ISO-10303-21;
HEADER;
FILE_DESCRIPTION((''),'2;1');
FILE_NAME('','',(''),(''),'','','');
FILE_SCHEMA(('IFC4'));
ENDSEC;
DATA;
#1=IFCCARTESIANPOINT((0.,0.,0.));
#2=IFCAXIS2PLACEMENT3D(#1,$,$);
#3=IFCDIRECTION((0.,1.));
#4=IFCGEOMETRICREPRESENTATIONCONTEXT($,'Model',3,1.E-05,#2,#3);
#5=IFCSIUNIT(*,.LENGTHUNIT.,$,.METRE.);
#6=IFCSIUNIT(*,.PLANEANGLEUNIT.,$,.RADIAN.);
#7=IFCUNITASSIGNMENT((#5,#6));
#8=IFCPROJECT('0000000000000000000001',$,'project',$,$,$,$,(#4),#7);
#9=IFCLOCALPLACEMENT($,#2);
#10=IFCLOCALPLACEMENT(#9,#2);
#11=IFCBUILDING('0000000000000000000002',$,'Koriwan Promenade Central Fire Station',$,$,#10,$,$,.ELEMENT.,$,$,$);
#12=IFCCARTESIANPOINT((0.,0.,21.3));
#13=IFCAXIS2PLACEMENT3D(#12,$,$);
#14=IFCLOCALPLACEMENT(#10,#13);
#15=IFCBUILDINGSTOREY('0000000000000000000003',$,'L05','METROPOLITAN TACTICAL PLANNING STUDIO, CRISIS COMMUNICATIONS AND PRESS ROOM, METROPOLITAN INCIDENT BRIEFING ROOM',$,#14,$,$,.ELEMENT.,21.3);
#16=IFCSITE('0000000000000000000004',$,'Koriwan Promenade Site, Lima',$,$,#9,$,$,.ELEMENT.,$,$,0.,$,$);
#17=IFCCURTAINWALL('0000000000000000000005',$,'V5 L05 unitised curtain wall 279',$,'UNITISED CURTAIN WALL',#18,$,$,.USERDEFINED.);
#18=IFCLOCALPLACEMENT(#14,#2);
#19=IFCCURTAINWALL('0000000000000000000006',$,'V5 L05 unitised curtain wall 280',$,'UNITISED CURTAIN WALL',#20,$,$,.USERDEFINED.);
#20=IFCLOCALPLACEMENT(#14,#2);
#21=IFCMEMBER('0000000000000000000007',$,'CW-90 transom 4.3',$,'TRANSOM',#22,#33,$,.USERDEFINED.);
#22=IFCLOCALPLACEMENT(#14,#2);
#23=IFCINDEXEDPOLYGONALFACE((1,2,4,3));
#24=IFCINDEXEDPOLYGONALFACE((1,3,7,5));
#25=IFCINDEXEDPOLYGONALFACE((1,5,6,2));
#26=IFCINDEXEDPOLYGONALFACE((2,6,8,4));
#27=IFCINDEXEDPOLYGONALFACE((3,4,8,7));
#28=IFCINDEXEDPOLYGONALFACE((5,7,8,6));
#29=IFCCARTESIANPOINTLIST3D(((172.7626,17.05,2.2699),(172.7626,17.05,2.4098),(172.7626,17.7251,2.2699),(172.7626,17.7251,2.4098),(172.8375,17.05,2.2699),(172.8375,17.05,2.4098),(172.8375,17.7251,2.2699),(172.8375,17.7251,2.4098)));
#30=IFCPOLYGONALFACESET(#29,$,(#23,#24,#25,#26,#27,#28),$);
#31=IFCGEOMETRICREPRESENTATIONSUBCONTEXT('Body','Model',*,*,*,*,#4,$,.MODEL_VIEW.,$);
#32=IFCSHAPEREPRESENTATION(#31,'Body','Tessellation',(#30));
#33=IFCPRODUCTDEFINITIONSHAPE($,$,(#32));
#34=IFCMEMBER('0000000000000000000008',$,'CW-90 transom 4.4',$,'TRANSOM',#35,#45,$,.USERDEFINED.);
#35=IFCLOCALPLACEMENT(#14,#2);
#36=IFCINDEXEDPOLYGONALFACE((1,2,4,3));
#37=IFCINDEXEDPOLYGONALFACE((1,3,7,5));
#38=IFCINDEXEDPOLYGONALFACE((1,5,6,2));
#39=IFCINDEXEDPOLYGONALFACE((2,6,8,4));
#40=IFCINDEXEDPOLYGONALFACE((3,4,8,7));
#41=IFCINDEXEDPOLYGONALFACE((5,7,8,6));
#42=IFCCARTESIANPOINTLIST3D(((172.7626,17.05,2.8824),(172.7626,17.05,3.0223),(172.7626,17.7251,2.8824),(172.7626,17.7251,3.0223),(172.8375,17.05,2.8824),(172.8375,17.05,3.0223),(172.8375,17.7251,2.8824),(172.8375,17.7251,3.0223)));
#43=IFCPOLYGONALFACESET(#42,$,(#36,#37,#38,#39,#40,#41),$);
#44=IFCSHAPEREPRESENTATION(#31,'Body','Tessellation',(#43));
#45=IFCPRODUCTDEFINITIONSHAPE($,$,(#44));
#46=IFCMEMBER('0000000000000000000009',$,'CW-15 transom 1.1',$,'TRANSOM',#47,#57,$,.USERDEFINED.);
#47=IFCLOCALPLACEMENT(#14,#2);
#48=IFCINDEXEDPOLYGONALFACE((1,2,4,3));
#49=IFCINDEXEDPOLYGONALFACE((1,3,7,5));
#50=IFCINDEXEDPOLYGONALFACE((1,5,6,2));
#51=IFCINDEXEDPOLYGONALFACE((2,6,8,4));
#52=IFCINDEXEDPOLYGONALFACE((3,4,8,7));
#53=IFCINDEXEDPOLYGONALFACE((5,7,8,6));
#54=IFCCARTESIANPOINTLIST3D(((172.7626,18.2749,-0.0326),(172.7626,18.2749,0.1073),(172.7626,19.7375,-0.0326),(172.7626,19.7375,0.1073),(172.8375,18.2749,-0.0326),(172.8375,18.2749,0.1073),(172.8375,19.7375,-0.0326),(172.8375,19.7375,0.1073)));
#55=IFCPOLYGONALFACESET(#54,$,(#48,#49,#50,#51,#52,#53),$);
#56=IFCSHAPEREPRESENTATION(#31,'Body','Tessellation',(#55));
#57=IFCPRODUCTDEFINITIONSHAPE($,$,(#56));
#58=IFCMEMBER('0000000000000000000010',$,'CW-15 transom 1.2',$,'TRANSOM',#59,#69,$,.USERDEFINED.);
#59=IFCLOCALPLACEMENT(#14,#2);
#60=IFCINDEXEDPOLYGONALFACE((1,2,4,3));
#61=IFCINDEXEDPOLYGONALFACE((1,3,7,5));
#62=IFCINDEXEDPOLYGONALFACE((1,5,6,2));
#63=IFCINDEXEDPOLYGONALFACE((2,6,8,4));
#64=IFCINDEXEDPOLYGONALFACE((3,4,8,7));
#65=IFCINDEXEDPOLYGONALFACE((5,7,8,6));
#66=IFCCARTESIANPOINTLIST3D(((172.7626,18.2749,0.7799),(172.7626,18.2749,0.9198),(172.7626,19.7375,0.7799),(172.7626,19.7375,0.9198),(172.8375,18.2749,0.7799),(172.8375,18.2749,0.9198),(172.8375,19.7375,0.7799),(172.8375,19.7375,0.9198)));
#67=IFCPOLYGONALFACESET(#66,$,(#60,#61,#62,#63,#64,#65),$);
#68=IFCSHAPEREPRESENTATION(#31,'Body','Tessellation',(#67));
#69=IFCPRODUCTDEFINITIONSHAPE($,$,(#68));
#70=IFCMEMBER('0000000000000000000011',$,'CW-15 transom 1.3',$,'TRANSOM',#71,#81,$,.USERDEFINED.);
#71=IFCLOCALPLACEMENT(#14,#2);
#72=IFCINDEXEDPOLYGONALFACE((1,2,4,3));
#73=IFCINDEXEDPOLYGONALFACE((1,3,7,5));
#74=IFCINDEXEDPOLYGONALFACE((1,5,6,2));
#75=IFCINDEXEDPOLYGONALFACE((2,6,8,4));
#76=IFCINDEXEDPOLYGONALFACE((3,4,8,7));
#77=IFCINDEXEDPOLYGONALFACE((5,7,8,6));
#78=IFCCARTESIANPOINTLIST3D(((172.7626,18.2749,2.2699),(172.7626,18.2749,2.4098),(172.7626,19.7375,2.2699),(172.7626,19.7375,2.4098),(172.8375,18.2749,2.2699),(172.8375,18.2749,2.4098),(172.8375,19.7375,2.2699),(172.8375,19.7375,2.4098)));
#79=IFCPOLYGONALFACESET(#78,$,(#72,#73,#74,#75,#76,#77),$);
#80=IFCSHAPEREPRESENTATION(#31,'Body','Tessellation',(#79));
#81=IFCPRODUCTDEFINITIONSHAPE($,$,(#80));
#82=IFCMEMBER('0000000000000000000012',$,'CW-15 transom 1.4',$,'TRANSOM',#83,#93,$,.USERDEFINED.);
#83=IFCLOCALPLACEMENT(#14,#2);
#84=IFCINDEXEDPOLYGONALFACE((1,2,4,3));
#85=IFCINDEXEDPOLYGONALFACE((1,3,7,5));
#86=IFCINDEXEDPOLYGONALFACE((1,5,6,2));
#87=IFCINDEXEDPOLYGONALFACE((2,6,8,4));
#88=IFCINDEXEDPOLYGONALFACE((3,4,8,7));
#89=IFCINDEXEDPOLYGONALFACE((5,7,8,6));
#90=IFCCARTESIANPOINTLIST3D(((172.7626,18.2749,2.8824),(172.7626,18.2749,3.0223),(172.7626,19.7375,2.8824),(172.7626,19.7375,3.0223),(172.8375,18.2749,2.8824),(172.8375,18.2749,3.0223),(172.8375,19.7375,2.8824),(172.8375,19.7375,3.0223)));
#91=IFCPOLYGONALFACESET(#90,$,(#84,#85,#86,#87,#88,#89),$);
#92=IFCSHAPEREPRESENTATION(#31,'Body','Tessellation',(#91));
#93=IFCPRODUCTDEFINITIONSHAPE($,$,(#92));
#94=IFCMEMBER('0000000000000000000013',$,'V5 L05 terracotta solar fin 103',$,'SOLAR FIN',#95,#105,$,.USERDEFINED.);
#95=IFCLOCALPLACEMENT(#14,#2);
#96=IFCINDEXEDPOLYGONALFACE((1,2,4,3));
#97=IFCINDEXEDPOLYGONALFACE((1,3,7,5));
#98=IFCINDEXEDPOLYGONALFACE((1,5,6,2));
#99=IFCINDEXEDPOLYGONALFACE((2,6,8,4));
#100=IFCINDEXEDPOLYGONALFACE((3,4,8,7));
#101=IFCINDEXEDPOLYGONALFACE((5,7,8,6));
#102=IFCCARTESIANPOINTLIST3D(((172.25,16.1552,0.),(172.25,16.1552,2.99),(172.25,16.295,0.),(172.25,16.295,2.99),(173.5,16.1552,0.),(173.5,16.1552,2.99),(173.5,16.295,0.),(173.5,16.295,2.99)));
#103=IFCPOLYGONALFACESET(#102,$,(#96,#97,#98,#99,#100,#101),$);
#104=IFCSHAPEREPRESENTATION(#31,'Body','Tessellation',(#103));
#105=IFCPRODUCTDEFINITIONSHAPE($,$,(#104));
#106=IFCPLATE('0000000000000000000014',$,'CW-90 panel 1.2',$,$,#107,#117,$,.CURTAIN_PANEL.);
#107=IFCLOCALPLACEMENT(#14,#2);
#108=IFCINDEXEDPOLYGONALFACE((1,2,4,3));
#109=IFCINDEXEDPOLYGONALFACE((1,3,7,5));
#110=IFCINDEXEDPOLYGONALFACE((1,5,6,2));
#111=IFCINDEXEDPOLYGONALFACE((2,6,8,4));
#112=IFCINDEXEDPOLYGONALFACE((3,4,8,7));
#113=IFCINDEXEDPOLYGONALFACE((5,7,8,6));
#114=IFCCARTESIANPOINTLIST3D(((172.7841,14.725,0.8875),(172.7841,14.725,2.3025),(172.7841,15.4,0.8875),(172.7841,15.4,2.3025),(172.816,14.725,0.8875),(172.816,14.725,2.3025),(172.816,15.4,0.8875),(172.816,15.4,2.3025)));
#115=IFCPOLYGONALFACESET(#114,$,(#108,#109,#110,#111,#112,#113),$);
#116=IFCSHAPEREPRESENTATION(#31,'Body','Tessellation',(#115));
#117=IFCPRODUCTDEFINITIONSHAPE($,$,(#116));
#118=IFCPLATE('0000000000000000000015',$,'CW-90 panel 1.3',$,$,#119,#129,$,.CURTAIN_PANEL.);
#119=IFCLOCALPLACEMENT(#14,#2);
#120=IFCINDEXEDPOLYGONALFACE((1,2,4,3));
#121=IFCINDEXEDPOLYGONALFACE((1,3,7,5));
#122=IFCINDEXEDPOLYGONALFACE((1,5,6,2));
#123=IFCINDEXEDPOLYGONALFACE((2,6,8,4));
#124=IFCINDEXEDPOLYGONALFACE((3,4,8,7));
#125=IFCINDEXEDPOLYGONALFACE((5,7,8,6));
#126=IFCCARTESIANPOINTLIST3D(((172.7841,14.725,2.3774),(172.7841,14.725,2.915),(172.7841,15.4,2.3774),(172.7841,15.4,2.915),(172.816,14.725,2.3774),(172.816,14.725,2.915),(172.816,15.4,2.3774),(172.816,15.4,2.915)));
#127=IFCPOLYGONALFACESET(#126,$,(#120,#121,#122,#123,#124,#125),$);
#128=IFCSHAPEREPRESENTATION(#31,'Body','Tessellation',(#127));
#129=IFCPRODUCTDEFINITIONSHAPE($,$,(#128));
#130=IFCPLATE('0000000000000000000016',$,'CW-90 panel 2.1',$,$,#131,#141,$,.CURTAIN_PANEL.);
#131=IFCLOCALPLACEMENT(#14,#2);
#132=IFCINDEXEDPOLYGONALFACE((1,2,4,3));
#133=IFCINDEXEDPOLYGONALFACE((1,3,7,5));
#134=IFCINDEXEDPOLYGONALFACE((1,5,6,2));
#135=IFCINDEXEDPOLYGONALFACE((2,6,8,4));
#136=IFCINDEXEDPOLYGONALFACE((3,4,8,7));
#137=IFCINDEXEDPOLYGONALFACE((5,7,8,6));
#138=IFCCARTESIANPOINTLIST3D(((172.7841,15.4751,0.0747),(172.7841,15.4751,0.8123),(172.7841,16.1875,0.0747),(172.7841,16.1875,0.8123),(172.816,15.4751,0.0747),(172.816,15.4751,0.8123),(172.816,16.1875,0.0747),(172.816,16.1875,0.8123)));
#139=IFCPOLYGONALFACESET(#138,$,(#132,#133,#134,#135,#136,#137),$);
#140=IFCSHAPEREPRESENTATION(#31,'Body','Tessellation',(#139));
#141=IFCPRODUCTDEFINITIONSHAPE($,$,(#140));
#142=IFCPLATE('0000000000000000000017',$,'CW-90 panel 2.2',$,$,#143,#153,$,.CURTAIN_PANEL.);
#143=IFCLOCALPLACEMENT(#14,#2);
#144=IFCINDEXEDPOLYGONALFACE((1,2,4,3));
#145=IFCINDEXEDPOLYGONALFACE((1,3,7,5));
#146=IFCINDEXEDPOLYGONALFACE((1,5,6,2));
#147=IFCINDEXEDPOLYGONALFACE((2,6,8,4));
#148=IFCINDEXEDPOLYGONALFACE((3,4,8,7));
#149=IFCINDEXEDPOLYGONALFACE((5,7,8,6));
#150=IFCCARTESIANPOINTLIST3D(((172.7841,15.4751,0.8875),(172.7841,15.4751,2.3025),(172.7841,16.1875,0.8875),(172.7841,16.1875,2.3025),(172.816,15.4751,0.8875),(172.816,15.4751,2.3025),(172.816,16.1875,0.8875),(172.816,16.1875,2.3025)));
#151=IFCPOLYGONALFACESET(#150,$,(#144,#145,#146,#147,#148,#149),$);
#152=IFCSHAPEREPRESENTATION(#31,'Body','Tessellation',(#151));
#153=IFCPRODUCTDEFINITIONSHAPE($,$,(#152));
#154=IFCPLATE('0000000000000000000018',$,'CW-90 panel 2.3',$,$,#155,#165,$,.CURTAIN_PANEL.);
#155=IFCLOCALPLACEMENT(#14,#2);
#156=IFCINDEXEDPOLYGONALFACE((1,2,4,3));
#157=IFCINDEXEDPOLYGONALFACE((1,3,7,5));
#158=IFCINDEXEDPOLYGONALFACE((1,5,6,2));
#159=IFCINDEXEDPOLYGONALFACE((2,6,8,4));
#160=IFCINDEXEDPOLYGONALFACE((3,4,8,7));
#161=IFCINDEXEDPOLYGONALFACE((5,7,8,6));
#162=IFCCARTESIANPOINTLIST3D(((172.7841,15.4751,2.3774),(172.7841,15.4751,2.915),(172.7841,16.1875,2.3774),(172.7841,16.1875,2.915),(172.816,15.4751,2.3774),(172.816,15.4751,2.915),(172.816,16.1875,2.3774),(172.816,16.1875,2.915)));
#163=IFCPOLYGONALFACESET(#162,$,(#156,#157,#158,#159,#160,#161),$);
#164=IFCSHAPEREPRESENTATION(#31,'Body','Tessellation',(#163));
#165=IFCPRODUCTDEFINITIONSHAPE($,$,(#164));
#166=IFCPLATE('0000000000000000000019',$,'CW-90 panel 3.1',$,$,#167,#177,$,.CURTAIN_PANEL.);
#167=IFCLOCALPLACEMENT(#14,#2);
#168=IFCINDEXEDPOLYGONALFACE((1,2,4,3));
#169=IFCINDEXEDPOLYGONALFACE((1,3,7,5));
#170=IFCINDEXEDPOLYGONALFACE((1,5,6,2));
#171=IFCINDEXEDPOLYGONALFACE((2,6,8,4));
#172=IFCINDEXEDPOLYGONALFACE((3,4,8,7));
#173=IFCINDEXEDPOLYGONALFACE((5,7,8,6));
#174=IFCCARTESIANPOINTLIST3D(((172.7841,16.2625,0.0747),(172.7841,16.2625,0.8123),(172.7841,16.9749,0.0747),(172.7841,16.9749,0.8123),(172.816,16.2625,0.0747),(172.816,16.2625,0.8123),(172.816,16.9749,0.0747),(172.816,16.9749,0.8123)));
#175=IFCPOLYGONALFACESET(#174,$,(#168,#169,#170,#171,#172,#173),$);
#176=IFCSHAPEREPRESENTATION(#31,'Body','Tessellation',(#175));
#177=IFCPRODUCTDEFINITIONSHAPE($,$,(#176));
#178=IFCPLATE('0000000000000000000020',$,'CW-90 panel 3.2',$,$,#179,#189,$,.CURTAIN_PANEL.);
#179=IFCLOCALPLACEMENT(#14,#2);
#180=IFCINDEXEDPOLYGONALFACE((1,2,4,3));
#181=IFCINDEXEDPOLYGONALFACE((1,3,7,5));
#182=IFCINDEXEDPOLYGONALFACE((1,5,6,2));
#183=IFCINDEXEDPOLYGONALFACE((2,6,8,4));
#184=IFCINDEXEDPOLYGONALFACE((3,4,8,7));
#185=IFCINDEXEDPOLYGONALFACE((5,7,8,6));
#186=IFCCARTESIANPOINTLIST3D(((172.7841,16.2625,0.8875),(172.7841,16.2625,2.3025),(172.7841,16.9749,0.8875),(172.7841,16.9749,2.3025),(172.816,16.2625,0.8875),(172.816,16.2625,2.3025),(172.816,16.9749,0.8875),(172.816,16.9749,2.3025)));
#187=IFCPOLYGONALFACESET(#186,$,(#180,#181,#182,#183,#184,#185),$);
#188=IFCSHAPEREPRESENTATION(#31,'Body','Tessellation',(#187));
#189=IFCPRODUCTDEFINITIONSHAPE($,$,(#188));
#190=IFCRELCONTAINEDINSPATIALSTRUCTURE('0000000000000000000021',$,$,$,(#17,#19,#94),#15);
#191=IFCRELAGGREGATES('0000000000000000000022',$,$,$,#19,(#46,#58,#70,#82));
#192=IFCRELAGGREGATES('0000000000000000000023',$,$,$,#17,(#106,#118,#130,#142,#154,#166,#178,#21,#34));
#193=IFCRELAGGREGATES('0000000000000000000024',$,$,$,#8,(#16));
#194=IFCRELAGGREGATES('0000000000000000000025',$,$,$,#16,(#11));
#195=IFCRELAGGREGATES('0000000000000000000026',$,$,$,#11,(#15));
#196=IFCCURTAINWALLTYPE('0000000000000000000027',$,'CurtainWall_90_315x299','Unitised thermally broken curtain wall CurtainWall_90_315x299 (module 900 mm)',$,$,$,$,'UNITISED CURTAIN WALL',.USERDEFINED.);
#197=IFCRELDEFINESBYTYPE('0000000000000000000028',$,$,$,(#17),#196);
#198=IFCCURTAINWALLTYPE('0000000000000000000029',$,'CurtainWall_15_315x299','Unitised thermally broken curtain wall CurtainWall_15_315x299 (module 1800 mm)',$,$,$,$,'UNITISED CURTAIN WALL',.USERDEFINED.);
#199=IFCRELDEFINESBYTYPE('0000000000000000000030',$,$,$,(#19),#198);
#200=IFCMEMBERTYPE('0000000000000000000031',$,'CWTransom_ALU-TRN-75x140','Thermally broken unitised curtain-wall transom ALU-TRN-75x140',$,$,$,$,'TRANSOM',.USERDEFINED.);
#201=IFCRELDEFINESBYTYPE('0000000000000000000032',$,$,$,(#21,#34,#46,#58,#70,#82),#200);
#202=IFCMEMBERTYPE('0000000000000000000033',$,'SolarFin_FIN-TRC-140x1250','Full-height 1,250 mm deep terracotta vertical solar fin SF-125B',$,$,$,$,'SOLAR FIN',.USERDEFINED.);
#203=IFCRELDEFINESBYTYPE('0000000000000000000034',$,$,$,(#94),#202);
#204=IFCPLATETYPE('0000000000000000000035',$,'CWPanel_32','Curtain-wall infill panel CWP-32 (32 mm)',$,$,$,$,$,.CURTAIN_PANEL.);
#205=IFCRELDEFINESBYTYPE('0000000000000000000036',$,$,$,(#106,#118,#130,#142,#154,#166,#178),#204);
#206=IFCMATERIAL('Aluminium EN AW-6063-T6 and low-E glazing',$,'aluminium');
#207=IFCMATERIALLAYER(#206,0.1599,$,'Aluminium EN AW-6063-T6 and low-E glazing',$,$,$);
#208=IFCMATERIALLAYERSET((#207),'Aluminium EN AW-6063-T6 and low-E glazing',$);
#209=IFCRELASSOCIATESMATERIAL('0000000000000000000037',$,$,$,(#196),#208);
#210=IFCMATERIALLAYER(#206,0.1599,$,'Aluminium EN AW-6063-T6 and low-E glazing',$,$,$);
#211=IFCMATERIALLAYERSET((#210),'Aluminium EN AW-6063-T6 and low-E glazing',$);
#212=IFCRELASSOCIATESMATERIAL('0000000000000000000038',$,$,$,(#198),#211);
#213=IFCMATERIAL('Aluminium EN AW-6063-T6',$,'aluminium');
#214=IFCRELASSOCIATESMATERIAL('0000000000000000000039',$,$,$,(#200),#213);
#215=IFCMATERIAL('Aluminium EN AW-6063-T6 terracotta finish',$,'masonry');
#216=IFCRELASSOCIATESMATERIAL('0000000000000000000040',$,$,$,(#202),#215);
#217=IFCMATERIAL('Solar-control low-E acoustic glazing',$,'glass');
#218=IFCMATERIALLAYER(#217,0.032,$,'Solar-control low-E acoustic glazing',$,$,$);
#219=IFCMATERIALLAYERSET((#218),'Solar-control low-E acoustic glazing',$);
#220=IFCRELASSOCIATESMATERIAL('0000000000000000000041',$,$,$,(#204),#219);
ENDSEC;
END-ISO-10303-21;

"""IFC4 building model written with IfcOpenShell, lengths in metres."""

from ifc_helpers import new_model, si_unit, direction, frame, origin, origin_2d, place, context, subcontext, project, spatial, rectangle, extrude, material, layer, layer_set, material_profile, profile_set, type_object, element, aggregate, save


model = new_model("IFC4")

# Units and contexts
model_context = context("Model", 3, precision=1e-05, world=origin(), true_north=direction((0.0, 1.0)))
body_context = subcontext(model_context, "Body", "Model", "MODEL_VIEW")
ifc_project = project(units=[si_unit("LENGTHUNIT", "METRE"), si_unit("PLANEANGLEUNIT", "RADIAN")], contexts=[model_context])

# Site, building, storey
site_placement = place(None, origin())
site = spatial("IfcSite", under=ifc_project, at=site_placement, Name="Koriwan Promenade Site, Lima", CompositionType="ELEMENT", RefElevation=0.0)
building_placement = place(site_placement, origin())
building = spatial("IfcBuilding", under=site, at=building_placement, Name="Koriwan Promenade Central Fire Station", CompositionType="ELEMENT")
storey_placement = place(building_placement, frame((0.0, 0.0, 21.3)))
storey = spatial("IfcBuildingStorey", under=building, at=storey_placement, Name="L05", Description="METROPOLITAN TACTICAL PLANNING STUDIO, CRISIS COMMUNICATIONS AND PRESS ROOM, METROPOLITAN INCIDENT BRIEFING ROOM", CompositionType="ELEMENT", Elevation=21.3)

# Curtain wall
ifc_material_1 = material(Name="Aluminium EN AW-6063-T6 and low-E glazing", Category="aluminium")
ifc_layer_1 = layer(ifc_material_1, 0.1599, Name="Aluminium EN AW-6063-T6 and low-E glazing")
ifc_layer_set_1 = layer_set([ifc_layer_1], Name="Aluminium EN AW-6063-T6 and low-E glazing")
curtain_wall_type_1 = type_object("IfcCurtainWallType", Name="CurtainWall_90_315x299", Description="Unitised thermally broken curtain wall CurtainWall_90_315x299 (module 900 mm)", ElementType="UNITISED CURTAIN WALL", PredefinedType="USERDEFINED", material=ifc_layer_set_1)
curtain_wall_1_placement = place(storey_placement, origin())
curtain_wall_1 = element("IfcCurtainWall", 1, at=curtain_wall_1_placement, inside=storey, type_object=curtain_wall_type_1, Name="V5 L05 unitised curtain wall 279", ObjectType="UNITISED CURTAIN WALL", PredefinedType="USERDEFINED")
ifc_material_2 = material(Name="Aluminium EN AW-6063-T6", Category="aluminium")

# Curtain wall
ifc_layer_2 = layer(ifc_material_1, 0.1599, Name="Aluminium EN AW-6063-T6 and low-E glazing")
ifc_layer_set_2 = layer_set([ifc_layer_2], Name="Aluminium EN AW-6063-T6 and low-E glazing")
curtain_wall_type_2 = type_object("IfcCurtainWallType", Name="CurtainWall_15_315x299", Description="Unitised thermally broken curtain wall CurtainWall_15_315x299 (module 1800 mm)", ElementType="UNITISED CURTAIN WALL", PredefinedType="USERDEFINED", material=ifc_layer_set_2)
curtain_wall_2_placement = place(storey_placement, origin())
curtain_wall_2 = element("IfcCurtainWall", 2, at=curtain_wall_2_placement, inside=storey, type_object=curtain_wall_type_2, Name="V5 L05 unitised curtain wall 280", ObjectType="UNITISED CURTAIN WALL", PredefinedType="USERDEFINED")

# Members
ifc_material_profile_1 = material_profile(ifc_material_2, rectangle(XDim=0.075, YDim=0.1399, at=origin_2d()), Name="ALU-TRN-75x140")
ifc_profile_set_1 = profile_set([ifc_material_profile_1], Name="Aluminium EN AW-6063-T6")
member_type_1 = type_object("IfcMemberType", Name="CWTransom_ALU-TRN-75x140", Description="Thermally broken unitised curtain-wall transom ALU-TRN-75x140", ElementType="TRANSOM", PredefinedType="USERDEFINED", material=ifc_profile_set_1)
member_1_placement = place(storey_placement, frame((172.8, 17.05, 2.3398), z_axis=(0.0, 1.0, 0.0), x_axis=(-1.0, 0.0, 0.0)))
member_1 = element("IfcMember", 3, at=member_1_placement, type_object=member_type_1, Name="CW-90 transom 4.3", ObjectType="TRANSOM", PredefinedType="USERDEFINED", context=body_context, shape_type="SweptSolid", body=[
    extrude(rectangle(XDim=0.075, YDim=0.1399, at=origin_2d()), origin(), (0.0, 0.0, 1.0), 0.675),
])
member_2_placement = place(storey_placement, frame((172.8, 17.05, 2.9524), z_axis=(0.0, 1.0, 0.0), x_axis=(-1.0, 0.0, 0.0)))
member_2 = element("IfcMember", 4, at=member_2_placement, type_object=member_type_1, Name="CW-90 transom 4.4", ObjectType="TRANSOM", PredefinedType="USERDEFINED", context=body_context, shape_type="SweptSolid", body=[
    extrude(rectangle(XDim=0.075, YDim=0.1399, at=origin_2d()), origin(), (0.0, 0.0, 1.0), 0.675),
])
member_3_placement = place(storey_placement, frame((172.8, 18.2749, 0.0374), z_axis=(0.0, 1.0, 0.0), x_axis=(-1.0, 0.0, 0.0)))
member_3 = element("IfcMember", 5, at=member_3_placement, type_object=member_type_1, Name="CW-15 transom 1.1", ObjectType="TRANSOM", PredefinedType="USERDEFINED", context=body_context, shape_type="SweptSolid", body=[
    extrude(rectangle(XDim=0.075, YDim=0.1399, at=origin_2d()), origin(), (0.0, 0.0, 1.0), 1.4626),
])
member_4_placement = place(storey_placement, frame((172.8, 18.2749, 0.8499), z_axis=(0.0, 1.0, 0.0), x_axis=(-1.0, 0.0, 0.0)))
member_4 = element("IfcMember", 6, at=member_4_placement, type_object=member_type_1, Name="CW-15 transom 1.2", ObjectType="TRANSOM", PredefinedType="USERDEFINED", context=body_context, shape_type="SweptSolid", body=[
    extrude(rectangle(XDim=0.075, YDim=0.1399, at=origin_2d()), origin(), (0.0, 0.0, 1.0), 1.4626),
])
member_5_placement = place(storey_placement, frame((172.8, 18.2749, 2.3398), z_axis=(0.0, 1.0, 0.0), x_axis=(-1.0, 0.0, 0.0)))
member_5 = element("IfcMember", 7, at=member_5_placement, type_object=member_type_1, Name="CW-15 transom 1.3", ObjectType="TRANSOM", PredefinedType="USERDEFINED", context=body_context, shape_type="SweptSolid", body=[
    extrude(rectangle(XDim=0.075, YDim=0.1399, at=origin_2d()), origin(), (0.0, 0.0, 1.0), 1.4626),
])
member_6_placement = place(storey_placement, frame((172.8, 18.2749, 2.9524), z_axis=(0.0, 1.0, 0.0), x_axis=(-1.0, 0.0, 0.0)))
member_6 = element("IfcMember", 8, at=member_6_placement, type_object=member_type_1, Name="CW-15 transom 1.4", ObjectType="TRANSOM", PredefinedType="USERDEFINED", context=body_context, shape_type="SweptSolid", body=[
    extrude(rectangle(XDim=0.075, YDim=0.1399, at=origin_2d()), origin(), (0.0, 0.0, 1.0), 1.4626),
])
aggregate(curtain_wall_2, [member_3, member_4, member_5, member_6])
ifc_material_3 = material(Name="Aluminium EN AW-6063-T6 terracotta finish", Category="masonry")
ifc_material_profile_2 = material_profile(ifc_material_3, rectangle(XDim=0.1399, YDim=1.25, at=origin_2d()), Name="FIN-TRC-140x1250")
ifc_profile_set_2 = profile_set([ifc_material_profile_2], Name="Aluminium EN AW-6063-T6 terracotta finish")
member_type_2 = type_object("IfcMemberType", Name="SolarFin_FIN-TRC-140x1250", Description="Full-height 1,250 mm deep terracotta vertical solar fin SF-125B", ElementType="SOLAR FIN", PredefinedType="USERDEFINED", material=ifc_profile_set_2)
member_7_placement = place(storey_placement, frame((172.875, 16.2251, 0.0), z_axis=(0.0, 0.0, 1.0), x_axis=(0.0, -1.0, 0.0)))
element("IfcMember", 9, at=member_7_placement, inside=storey, type_object=member_type_2, Name="V5 L05 terracotta solar fin 103", ObjectType="SOLAR FIN", PredefinedType="USERDEFINED", context=body_context, shape_type="SweptSolid", body=[
    extrude(rectangle(XDim=0.1399, YDim=1.25, at=origin_2d()), origin(), (0.0, 0.0, 1.0), 2.99),
])

# Plates
ifc_material_4 = material(Name="Solar-control low-E acoustic glazing", Category="glass")
ifc_layer_3 = layer(ifc_material_4, 0.032, Name="Solar-control low-E acoustic glazing")
ifc_layer_set_3 = layer_set([ifc_layer_3], Name="Solar-control low-E acoustic glazing")
plate_type = type_object("IfcPlateType", Name="CWPanel_32", Description="Curtain-wall infill panel CWP-32 (32 mm)", PredefinedType="CURTAIN_PANEL", material=ifc_layer_set_3)
plate_1_placement = place(storey_placement, frame((172.8, 15.0625, 0.8875), z_axis=(0.0, 0.0, 1.0), x_axis=(0.0, 1.0, 0.0)))
plate_1 = element("IfcPlate", 10, at=plate_1_placement, type_object=plate_type, Name="CW-90 panel 1.2", PredefinedType="CURTAIN_PANEL", context=body_context, shape_type="SweptSolid", body=[
    extrude(rectangle(XDim=0.675, YDim=0.032, at=origin_2d()), origin(), (0.0, 0.0, 1.0), 1.415),
])
plate_2_placement = place(storey_placement, frame((172.8, 15.0625, 2.3774), z_axis=(0.0, 0.0, 1.0), x_axis=(0.0, 1.0, 0.0)))
plate_2 = element("IfcPlate", 11, at=plate_2_placement, type_object=plate_type, Name="CW-90 panel 1.3", PredefinedType="CURTAIN_PANEL", context=body_context, shape_type="SweptSolid", body=[
    extrude(rectangle(XDim=0.675, YDim=0.032, at=origin_2d()), origin(), (0.0, 0.0, 1.0), 0.5376),
])
plate_3_placement = place(storey_placement, frame((172.8, 15.8313, 0.0747), z_axis=(0.0, 0.0, 1.0), x_axis=(0.0, 1.0, 0.0)))
plate_3 = element("IfcPlate", 12, at=plate_3_placement, type_object=plate_type, Name="CW-90 panel 2.1", PredefinedType="CURTAIN_PANEL", context=body_context, shape_type="SweptSolid", body=[
    extrude(rectangle(XDim=0.7124, YDim=0.032, at=origin_2d()), origin(), (0.0, 0.0, 1.0), 0.7375),
])
plate_4_placement = place(storey_placement, frame((172.8, 15.8313, 0.8875), z_axis=(0.0, 0.0, 1.0), x_axis=(0.0, 1.0, 0.0)))
plate_4 = element("IfcPlate", 13, at=plate_4_placement, type_object=plate_type, Name="CW-90 panel 2.2", PredefinedType="CURTAIN_PANEL", context=body_context, shape_type="SweptSolid", body=[
    extrude(rectangle(XDim=0.7124, YDim=0.032, at=origin_2d()), origin(), (0.0, 0.0, 1.0), 1.415),
])
plate_5_placement = place(storey_placement, frame((172.8, 15.8313, 2.3774), z_axis=(0.0, 0.0, 1.0), x_axis=(0.0, 1.0, 0.0)))
plate_5 = element("IfcPlate", 14, at=plate_5_placement, type_object=plate_type, Name="CW-90 panel 2.3", PredefinedType="CURTAIN_PANEL", context=body_context, shape_type="SweptSolid", body=[
    extrude(rectangle(XDim=0.7124, YDim=0.032, at=origin_2d()), origin(), (0.0, 0.0, 1.0), 0.5376),
])
plate_6_placement = place(storey_placement, frame((172.8, 16.6187, 0.0747), z_axis=(0.0, 0.0, 1.0), x_axis=(0.0, 1.0, 0.0)))
plate_6 = element("IfcPlate", 15, at=plate_6_placement, type_object=plate_type, Name="CW-90 panel 3.1", PredefinedType="CURTAIN_PANEL", context=body_context, shape_type="SweptSolid", body=[
    extrude(rectangle(XDim=0.7124, YDim=0.032, at=origin_2d()), origin(), (0.0, 0.0, 1.0), 0.7375),
])
plate_7_placement = place(storey_placement, frame((172.8, 16.6187, 0.8875), z_axis=(0.0, 0.0, 1.0), x_axis=(0.0, 1.0, 0.0)))
plate_7 = element("IfcPlate", 16, at=plate_7_placement, type_object=plate_type, Name="CW-90 panel 3.2", PredefinedType="CURTAIN_PANEL", context=body_context, shape_type="SweptSolid", body=[
    extrude(rectangle(XDim=0.7124, YDim=0.032, at=origin_2d()), origin(), (0.0, 0.0, 1.0), 1.415),
])
aggregate(curtain_wall_1, [plate_1, plate_2, plate_3, plate_4, plate_5, plate_6, plate_7, member_1, member_2])

save(model, "model.ifc")
